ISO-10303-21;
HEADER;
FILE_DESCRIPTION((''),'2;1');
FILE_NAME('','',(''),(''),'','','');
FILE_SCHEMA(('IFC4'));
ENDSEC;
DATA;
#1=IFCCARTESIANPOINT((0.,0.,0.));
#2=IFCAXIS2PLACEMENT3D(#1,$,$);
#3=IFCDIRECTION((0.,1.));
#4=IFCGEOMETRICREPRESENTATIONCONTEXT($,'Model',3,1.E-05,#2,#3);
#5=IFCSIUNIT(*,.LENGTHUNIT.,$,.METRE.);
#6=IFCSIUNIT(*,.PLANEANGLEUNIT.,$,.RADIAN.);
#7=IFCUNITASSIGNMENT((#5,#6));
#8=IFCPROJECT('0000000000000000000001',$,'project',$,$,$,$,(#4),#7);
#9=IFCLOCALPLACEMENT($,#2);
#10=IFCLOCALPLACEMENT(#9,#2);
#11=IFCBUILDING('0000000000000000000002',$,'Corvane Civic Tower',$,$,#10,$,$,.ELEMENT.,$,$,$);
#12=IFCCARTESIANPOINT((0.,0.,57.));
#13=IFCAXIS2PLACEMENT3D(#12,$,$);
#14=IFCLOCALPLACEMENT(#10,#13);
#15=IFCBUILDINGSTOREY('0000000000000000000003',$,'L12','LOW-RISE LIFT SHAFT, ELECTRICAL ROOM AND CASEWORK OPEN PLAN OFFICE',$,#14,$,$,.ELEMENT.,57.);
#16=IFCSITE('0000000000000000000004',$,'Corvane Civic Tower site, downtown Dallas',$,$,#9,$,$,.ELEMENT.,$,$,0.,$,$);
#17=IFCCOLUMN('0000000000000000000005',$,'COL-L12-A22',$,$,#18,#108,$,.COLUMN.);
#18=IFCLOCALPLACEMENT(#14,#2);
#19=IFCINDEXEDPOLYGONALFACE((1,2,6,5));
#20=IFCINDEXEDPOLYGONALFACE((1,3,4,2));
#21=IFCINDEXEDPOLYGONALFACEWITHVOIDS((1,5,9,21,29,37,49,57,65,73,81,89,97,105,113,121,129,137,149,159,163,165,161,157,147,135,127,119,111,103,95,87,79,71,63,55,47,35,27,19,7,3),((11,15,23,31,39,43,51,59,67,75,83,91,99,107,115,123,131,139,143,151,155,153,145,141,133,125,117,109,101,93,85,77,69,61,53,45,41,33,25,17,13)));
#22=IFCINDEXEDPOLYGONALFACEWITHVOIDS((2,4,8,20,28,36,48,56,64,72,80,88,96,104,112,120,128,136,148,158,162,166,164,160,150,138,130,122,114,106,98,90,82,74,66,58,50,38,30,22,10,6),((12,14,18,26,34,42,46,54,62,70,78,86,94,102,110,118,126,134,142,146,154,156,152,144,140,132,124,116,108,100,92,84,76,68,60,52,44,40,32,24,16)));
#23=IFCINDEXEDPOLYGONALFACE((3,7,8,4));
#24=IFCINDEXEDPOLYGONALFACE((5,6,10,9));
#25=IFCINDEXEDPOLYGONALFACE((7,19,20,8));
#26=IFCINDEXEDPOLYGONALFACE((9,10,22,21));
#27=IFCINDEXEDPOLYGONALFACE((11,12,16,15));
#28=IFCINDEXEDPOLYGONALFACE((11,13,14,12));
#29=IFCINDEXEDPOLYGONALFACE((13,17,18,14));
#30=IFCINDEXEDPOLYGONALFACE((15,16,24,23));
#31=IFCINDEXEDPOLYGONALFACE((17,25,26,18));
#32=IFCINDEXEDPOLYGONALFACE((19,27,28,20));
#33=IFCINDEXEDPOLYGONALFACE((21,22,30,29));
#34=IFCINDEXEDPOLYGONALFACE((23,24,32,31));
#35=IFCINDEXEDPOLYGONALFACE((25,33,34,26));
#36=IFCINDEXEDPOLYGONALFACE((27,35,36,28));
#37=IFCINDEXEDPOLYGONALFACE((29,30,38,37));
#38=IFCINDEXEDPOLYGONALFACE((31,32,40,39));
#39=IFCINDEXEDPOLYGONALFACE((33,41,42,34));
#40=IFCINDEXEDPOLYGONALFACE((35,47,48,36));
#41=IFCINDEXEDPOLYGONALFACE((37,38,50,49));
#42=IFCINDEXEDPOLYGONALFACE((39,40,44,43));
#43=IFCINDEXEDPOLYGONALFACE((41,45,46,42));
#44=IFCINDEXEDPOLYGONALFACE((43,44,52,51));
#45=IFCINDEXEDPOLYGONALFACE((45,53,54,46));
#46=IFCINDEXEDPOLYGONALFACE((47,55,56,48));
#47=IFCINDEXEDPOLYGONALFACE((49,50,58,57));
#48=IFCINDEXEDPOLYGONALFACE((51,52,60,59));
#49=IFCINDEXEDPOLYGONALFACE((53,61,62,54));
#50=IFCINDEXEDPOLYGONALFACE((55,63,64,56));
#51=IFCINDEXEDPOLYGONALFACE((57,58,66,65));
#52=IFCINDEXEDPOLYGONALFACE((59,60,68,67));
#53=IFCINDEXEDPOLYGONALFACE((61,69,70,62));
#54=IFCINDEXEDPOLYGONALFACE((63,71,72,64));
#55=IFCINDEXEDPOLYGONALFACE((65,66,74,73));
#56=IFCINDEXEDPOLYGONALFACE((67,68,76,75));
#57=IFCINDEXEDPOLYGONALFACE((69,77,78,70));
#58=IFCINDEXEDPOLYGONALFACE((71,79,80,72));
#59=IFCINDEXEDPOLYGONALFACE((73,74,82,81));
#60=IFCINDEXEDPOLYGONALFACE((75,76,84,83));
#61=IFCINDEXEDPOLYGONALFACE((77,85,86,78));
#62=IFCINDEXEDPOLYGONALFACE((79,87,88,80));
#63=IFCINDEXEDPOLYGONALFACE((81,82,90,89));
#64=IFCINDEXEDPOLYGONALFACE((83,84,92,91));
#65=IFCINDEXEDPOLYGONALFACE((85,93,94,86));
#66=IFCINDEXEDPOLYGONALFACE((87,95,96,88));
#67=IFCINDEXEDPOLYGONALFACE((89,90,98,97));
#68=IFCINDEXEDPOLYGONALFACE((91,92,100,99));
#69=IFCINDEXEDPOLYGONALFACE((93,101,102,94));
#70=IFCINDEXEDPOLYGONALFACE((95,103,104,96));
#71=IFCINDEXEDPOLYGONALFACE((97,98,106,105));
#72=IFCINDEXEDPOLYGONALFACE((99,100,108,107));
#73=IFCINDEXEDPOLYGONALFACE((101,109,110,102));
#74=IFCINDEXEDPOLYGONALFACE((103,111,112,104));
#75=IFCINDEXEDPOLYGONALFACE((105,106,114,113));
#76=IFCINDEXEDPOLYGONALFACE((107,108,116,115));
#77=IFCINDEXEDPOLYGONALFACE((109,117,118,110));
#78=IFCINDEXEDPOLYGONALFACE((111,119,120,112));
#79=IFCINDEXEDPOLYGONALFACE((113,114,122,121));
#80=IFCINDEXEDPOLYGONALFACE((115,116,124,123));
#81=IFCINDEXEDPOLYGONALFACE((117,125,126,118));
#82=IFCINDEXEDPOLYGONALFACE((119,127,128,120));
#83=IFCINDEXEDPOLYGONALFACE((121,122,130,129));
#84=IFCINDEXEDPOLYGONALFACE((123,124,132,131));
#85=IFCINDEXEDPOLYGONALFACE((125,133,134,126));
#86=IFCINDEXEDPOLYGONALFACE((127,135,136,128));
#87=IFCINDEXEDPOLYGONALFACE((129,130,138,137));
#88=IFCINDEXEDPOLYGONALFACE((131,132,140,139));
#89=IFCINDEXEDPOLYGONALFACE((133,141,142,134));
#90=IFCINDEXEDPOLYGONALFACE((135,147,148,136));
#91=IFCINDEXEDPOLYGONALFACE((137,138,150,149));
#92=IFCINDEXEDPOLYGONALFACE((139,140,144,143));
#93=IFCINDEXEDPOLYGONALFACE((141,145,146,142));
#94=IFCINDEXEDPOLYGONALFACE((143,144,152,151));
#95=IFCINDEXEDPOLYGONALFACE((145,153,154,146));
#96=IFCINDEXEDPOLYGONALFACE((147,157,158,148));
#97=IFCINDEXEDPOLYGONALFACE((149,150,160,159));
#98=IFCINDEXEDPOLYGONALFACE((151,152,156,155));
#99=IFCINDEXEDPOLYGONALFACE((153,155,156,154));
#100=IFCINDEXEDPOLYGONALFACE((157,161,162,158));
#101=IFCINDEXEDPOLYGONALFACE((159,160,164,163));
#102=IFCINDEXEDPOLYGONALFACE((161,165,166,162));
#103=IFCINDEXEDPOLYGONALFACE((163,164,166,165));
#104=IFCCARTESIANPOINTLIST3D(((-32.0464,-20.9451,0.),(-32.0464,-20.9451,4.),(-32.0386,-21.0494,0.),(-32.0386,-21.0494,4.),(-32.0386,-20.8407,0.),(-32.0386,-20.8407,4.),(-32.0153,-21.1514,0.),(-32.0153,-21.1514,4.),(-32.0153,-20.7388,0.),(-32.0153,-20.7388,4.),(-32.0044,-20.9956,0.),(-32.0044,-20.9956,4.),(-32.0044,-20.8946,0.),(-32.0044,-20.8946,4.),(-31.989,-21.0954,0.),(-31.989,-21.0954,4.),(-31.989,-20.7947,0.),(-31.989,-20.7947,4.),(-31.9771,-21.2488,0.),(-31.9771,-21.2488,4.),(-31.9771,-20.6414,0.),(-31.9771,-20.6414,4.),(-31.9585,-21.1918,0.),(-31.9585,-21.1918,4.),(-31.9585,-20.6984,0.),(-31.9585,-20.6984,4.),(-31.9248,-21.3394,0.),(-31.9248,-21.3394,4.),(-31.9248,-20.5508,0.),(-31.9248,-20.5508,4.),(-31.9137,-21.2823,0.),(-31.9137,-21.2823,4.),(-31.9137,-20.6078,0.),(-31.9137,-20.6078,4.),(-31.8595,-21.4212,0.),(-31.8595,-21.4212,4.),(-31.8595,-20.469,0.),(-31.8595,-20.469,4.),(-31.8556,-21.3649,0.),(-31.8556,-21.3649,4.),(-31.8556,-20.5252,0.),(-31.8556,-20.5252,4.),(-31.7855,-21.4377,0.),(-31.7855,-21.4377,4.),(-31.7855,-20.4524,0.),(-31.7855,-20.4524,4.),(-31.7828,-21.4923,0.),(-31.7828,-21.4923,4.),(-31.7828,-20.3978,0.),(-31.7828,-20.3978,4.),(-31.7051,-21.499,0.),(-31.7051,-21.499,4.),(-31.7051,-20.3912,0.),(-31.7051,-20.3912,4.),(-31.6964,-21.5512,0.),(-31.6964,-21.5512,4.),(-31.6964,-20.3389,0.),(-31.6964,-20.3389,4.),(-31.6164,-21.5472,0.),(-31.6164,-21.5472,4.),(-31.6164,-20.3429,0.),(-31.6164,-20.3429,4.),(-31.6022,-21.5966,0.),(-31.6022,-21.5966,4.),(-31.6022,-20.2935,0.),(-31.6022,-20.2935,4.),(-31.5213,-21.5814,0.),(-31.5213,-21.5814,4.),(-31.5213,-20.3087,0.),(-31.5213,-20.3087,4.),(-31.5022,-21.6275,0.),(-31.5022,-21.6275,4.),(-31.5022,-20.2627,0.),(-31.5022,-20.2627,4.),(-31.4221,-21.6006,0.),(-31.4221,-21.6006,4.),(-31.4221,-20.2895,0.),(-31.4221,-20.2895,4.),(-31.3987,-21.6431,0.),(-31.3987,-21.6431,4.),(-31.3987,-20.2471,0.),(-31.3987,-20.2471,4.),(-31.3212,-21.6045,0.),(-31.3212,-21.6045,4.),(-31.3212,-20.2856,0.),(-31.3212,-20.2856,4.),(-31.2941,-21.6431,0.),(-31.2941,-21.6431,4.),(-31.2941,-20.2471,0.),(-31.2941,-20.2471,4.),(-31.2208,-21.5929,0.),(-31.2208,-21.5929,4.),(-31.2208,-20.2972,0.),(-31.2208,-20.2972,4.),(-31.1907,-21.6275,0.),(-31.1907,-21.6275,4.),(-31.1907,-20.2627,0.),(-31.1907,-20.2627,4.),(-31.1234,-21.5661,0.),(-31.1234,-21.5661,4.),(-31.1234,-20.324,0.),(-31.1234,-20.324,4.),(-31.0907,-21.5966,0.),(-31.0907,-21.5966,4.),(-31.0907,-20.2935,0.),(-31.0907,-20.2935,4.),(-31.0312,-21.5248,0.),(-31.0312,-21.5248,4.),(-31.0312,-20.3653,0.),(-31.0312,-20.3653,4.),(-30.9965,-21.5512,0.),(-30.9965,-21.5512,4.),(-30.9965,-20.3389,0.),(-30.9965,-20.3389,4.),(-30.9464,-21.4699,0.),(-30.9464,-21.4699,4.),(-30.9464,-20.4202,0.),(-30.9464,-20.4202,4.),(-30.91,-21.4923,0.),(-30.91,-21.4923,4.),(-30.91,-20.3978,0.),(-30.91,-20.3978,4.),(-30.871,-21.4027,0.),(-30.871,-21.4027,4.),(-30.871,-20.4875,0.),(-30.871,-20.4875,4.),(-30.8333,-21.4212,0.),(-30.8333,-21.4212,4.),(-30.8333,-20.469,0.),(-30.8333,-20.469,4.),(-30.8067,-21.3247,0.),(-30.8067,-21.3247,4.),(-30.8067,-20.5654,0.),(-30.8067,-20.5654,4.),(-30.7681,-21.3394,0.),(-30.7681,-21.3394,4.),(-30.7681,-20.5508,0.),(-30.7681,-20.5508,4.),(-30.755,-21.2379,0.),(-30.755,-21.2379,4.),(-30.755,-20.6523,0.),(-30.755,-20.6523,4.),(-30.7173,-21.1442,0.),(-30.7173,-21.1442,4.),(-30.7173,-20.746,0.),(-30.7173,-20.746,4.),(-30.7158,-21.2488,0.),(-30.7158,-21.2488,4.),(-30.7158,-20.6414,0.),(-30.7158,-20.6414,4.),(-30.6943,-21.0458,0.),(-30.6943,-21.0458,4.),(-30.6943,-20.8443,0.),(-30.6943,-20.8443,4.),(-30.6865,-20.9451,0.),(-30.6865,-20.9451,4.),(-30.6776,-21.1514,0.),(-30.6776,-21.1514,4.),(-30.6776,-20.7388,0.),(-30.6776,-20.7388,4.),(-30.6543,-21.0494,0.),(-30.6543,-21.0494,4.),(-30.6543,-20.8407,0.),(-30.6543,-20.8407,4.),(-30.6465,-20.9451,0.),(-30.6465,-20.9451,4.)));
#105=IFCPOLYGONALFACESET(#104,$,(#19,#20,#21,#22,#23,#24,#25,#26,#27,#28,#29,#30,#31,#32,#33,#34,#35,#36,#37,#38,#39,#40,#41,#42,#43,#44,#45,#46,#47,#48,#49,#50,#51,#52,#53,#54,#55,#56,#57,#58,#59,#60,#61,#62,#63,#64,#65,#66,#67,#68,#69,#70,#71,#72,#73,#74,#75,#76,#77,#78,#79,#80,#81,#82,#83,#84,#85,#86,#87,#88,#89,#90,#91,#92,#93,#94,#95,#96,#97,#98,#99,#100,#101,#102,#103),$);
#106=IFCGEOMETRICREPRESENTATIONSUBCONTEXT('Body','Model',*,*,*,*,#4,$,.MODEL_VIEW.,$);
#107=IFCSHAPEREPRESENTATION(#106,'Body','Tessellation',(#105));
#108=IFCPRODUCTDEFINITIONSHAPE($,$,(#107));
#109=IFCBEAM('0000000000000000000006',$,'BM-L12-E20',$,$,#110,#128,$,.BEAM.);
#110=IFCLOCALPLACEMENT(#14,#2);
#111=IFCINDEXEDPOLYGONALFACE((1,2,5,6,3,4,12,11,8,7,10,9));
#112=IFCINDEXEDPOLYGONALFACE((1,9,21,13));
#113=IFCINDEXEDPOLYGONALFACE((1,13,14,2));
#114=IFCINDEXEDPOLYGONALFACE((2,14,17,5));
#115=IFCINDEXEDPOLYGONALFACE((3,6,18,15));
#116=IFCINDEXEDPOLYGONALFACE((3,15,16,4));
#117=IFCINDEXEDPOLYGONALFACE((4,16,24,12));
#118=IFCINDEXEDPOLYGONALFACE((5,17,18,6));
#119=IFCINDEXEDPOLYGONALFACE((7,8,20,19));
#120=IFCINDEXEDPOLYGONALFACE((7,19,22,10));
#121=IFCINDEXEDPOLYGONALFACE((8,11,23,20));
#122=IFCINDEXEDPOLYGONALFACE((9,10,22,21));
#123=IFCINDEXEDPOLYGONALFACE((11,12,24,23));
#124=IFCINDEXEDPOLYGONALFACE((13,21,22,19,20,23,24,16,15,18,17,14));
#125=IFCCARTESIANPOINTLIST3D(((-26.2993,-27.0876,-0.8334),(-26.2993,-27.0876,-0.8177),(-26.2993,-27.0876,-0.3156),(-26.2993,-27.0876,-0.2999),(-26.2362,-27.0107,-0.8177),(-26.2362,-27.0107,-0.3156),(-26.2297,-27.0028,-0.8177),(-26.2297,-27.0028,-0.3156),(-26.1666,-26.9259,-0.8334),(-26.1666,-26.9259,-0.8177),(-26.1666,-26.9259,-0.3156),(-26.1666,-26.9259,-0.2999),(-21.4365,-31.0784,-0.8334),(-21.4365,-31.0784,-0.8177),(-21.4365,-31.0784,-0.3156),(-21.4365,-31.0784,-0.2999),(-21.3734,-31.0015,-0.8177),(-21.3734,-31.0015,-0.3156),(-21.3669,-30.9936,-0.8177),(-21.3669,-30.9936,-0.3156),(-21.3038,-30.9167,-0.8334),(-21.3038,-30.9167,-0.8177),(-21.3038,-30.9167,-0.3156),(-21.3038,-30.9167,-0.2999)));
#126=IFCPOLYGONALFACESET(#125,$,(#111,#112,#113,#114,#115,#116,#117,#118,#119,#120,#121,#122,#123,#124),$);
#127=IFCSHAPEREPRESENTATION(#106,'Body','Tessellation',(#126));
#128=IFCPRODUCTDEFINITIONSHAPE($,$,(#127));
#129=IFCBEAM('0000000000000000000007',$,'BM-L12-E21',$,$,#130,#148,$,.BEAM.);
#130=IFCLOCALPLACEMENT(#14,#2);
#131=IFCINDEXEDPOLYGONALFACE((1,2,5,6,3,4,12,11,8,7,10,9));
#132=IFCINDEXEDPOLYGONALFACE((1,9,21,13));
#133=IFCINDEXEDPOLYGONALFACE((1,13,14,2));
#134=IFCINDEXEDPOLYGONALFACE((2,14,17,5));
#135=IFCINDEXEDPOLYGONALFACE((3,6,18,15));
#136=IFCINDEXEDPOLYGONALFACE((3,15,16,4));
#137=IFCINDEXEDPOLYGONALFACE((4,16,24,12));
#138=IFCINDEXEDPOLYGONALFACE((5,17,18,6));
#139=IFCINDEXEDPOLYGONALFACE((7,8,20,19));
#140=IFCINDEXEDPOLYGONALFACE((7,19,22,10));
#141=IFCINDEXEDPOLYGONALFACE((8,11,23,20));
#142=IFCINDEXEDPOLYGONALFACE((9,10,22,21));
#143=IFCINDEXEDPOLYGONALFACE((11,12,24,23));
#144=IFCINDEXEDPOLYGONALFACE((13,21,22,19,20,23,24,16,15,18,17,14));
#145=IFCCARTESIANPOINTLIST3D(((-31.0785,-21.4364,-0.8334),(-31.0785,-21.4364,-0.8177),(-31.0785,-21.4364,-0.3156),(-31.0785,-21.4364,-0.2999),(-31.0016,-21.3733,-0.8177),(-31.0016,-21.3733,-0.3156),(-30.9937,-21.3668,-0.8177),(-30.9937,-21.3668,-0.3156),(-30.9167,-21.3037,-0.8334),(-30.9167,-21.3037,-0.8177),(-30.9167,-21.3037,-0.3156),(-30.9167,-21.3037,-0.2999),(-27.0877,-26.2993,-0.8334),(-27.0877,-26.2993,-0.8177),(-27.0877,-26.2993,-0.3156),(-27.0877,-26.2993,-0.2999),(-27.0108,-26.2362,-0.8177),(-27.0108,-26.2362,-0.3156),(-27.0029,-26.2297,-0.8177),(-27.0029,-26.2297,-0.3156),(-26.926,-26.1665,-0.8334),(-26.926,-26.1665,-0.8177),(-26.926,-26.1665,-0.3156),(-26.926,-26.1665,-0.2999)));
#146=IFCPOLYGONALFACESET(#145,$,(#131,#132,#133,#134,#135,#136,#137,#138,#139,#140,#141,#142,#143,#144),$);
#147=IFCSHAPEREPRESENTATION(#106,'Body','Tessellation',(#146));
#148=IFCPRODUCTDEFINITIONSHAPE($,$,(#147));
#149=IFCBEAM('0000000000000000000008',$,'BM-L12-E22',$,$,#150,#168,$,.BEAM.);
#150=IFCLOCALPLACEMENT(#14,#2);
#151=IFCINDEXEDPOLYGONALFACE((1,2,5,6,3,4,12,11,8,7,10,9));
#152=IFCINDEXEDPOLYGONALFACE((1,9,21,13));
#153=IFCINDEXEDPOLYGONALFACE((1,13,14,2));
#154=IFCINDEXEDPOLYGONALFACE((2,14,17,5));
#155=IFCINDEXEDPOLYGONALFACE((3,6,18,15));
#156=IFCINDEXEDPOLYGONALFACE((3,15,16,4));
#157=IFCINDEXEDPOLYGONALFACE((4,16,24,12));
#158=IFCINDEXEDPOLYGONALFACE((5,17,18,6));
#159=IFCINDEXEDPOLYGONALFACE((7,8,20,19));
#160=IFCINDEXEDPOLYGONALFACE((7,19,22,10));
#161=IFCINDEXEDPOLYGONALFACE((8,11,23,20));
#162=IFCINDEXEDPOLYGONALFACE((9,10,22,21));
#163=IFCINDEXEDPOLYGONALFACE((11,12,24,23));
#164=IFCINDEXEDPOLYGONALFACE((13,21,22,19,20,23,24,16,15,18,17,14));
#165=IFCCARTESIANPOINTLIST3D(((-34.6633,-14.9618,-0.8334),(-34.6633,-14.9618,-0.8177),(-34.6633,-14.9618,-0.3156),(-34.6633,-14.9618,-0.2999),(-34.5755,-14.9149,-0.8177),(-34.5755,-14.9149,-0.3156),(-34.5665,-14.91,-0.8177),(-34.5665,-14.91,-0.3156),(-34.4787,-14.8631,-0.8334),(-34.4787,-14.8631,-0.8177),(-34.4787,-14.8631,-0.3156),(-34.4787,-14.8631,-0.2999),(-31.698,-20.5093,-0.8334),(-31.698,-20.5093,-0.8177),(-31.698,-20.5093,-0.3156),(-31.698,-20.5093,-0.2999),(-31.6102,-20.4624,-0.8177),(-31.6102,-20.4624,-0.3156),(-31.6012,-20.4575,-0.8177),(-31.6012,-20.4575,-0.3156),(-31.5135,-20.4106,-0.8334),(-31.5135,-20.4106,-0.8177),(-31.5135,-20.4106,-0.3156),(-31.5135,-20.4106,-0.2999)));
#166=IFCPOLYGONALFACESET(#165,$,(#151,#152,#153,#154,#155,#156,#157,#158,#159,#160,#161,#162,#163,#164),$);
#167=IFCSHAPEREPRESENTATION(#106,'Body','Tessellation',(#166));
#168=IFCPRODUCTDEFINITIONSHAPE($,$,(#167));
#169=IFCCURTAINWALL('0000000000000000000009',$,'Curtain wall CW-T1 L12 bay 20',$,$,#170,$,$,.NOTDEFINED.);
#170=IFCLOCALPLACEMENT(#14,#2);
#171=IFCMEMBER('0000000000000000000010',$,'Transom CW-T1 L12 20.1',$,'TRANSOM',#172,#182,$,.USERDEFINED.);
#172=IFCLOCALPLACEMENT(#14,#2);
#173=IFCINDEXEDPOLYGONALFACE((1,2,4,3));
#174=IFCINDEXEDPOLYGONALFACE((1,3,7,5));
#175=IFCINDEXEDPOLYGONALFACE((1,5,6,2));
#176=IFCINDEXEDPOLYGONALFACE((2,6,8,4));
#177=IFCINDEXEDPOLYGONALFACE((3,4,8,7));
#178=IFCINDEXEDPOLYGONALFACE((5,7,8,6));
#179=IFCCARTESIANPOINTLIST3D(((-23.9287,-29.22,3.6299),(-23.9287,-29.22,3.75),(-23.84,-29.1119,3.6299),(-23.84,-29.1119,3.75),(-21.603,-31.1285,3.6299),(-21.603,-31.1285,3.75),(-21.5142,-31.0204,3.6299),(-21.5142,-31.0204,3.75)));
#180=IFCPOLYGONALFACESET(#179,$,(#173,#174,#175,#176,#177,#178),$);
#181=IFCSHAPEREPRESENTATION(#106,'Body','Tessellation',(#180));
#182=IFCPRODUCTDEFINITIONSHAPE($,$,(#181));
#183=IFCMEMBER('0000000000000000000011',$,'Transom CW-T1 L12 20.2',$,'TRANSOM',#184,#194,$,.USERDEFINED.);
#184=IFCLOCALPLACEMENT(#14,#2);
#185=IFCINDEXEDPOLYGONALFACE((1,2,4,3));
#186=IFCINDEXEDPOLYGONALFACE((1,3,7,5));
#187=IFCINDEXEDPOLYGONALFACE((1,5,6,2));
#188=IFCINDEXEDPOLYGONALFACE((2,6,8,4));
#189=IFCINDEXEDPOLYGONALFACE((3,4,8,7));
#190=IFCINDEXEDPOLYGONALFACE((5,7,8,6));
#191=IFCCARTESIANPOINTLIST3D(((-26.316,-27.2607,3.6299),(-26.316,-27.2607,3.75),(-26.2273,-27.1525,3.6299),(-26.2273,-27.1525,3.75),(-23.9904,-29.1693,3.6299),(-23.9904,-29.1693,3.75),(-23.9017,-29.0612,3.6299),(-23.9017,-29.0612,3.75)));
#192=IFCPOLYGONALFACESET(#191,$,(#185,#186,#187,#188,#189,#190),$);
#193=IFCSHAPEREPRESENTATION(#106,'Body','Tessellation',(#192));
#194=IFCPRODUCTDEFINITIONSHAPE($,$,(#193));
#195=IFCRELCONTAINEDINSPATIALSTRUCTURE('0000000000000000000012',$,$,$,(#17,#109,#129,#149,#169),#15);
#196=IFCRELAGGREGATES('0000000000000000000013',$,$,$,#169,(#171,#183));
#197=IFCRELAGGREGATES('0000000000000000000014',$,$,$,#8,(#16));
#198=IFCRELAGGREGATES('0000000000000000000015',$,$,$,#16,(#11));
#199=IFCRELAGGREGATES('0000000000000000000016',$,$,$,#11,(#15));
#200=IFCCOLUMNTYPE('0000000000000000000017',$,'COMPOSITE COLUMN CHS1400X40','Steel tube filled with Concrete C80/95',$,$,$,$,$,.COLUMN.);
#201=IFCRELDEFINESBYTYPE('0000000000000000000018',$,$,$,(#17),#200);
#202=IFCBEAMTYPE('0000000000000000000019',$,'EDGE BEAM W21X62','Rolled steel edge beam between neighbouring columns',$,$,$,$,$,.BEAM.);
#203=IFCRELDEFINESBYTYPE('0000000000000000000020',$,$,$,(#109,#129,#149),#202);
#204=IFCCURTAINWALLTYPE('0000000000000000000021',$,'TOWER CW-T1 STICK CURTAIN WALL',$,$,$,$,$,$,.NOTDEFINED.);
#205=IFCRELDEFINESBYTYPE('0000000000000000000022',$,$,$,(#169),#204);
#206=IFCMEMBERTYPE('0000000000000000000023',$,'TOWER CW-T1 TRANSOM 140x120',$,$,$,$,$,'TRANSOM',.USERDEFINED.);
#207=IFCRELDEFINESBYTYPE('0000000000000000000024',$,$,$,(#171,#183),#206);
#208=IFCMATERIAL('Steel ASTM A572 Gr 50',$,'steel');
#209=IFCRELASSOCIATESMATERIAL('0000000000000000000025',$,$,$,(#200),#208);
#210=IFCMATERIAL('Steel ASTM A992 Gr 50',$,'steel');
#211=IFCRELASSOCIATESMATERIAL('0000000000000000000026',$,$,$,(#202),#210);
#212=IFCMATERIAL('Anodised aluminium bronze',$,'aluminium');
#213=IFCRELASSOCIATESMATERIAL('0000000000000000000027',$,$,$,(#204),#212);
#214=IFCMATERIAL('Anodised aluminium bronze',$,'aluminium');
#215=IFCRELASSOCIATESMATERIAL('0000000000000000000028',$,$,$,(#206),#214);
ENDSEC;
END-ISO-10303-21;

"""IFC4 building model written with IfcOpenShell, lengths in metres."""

from ifc_helpers import new_model, si_unit, direction, frame, origin, origin_2d, place, context, subcontext, project, spatial, rectangle, hollow_circle, i_section, extrude, material, material_profile, profile_set, type_object, element, aggregate, save


model = new_model("IFC4")

# Units and contexts
model_context = context("Model", 3, precision=1e-05, world=origin(), true_north=direction((0.0, 1.0)))
body_context = subcontext(model_context, "Body", "Model", "MODEL_VIEW")
ifc_project = project(units=[si_unit("LENGTHUNIT", "METRE"), si_unit("PLANEANGLEUNIT", "RADIAN")], contexts=[model_context])

# Site, building, storey
site_placement = place(None, origin())
site = spatial("IfcSite", under=ifc_project, at=site_placement, Name="Corvane Civic Tower site, downtown Dallas", CompositionType="ELEMENT", RefElevation=0.0)
building_placement = place(site_placement, origin())
building = spatial("IfcBuilding", under=site, at=building_placement, Name="Corvane Civic Tower", CompositionType="ELEMENT")
storey_placement = place(building_placement, frame((0.0, 0.0, 57.0)))
storey = spatial("IfcBuildingStorey", under=building, at=storey_placement, Name="L12", Description="LOW-RISE LIFT SHAFT, ELECTRICAL ROOM AND CASEWORK OPEN PLAN OFFICE", CompositionType="ELEMENT", Elevation=57.0)

# Column
ifc_material_1 = material(Name="Steel ASTM A572 Gr 50", Category="steel")
ifc_material_profile_1 = material_profile(ifc_material_1, hollow_circle(Radius=0.7, WallThickness=0.04, at=origin_2d()), Name="CHS1400X40")
ifc_profile_set_1 = profile_set([ifc_material_profile_1], Name="Steel ASTM A572 Gr 50")
column_type = type_object("IfcColumnType", Name="COMPOSITE COLUMN CHS1400X40", Description="Steel tube filled with Concrete C80/95", PredefinedType="COLUMN", material=ifc_profile_set_1)
for number, where, z_axis, x_axis, name in (
    (1, (-31.3464, -20.9451, 0.0), (0.0, 0.0, 1.0), (1.0, 0.0, 0.0), "COL-L12-A22"),
):
    element("IfcColumn", number, at=place(storey_placement, frame(where, z_axis=z_axis, x_axis=x_axis)), inside=storey, type_object=column_type, Name=name, PredefinedType="COLUMN", context=body_context, shape_type="SweptSolid", body=[
        extrude(hollow_circle(Radius=0.7, WallThickness=0.04, at=origin_2d()), origin(), (0.0, 0.0, 1.0), 4.0),
    ])

# Beams
ifc_material_2 = material(Name="Steel ASTM A992 Gr 50", Category="steel")
ifc_material_profile_2 = material_profile(ifc_material_2, i_section(OverallWidth=0.2092, OverallDepth=0.5334, WebThickness=0.0103, FlangeThickness=0.0156, at=origin_2d()), Name="W21X62")
ifc_profile_set_2 = profile_set([ifc_material_profile_2], Name="Steel ASTM A992 Gr 50")
beam_type = type_object("IfcBeamType", Name="EDGE BEAM W21X62", Description="Rolled steel edge beam between neighbouring columns", PredefinedType="BEAM", material=ifc_profile_set_2)
for number, where, z_axis, x_axis, name in (
    (2, (-21.3701, -30.9976, -0.5667), (-0.773016, 0.634387, 0.0), (-0.634387, -0.773016, 0.0), "BM-L12-E20"),
    (3, (-27.0068, -26.2329, -0.5667), (-0.634387, 0.773016, 0.0), (-0.773016, -0.634387, 0.0), "BM-L12-E21"),
):
    element("IfcBeam", number, at=place(storey_placement, frame(where, z_axis=z_axis, x_axis=x_axis)), inside=storey, type_object=beam_type, Name=name, PredefinedType="BEAM", context=body_context, shape_type="SweptSolid", body=[
        extrude(i_section(OverallWidth=0.2092, OverallDepth=0.5334, WebThickness=0.0103, FlangeThickness=0.0156, at=origin_2d()), origin(), (0.0, 0.0, 1.0), 6.2908),
    ])
beam_placement = place(storey_placement, frame((-31.6057, -20.46, -0.5667), z_axis=(-0.471406, 0.881916, 0.0), x_axis=(-0.881916, -0.471406, 0.0)))
element("IfcBeam", 4, at=beam_placement, inside=storey, type_object=beam_type, Name="BM-L12-E22", PredefinedType="BEAM", context=body_context, shape_type="SweptSolid", body=[
    extrude(i_section(OverallWidth=0.2092, OverallDepth=0.5334, WebThickness=0.0103, FlangeThickness=0.0156, at=origin_2d()), origin(), (0.0, 0.0, 1.0), 6.2903),
])

# Curtain wall, members
ifc_material_3 = material(Name="Anodised aluminium bronze", Category="aluminium")
curtain_wall_type = type_object("IfcCurtainWallType", Name="TOWER CW-T1 STICK CURTAIN WALL", PredefinedType="NOTDEFINED", material=ifc_material_3)
curtain_wall_1_placement = place(storey_placement, origin())
curtain_wall_1 = element("IfcCurtainWall", 5, at=curtain_wall_1_placement, inside=storey, type_object=curtain_wall_type, Name="Curtain wall CW-T1 L12 bay 20", PredefinedType="NOTDEFINED")
ifc_material_4 = material(Name="Anodised aluminium bronze", Category="aluminium")
ifc_material_profile_3 = material_profile(ifc_material_4, rectangle(XDim=0.1399, YDim=0.1201, at=origin_2d()), Name="TOWER CW-T1 TRANSOM 140x120")
ifc_profile_set_3 = profile_set([ifc_material_profile_3], Name="Anodised aluminium bronze")
member_type_1 = type_object("IfcMemberType", Name="TOWER CW-T1 TRANSOM 140x120", ElementType="TRANSOM", PredefinedType="USERDEFINED", material=ifc_profile_set_3)
member_1_placement = place(storey_placement, frame((-21.5586, -31.0745, 3.6899), z_axis=(-0.773042, 0.634355, 0.0), x_axis=(-0.634355, -0.773042, 0.0)))
member_1 = element("IfcMember", 6, at=member_1_placement, type_object=member_type_1, Name="Transom CW-T1 L12 20.1", ObjectType="TRANSOM", PredefinedType="USERDEFINED", context=body_context, shape_type="SweptSolid", body=[
    extrude(rectangle(XDim=0.1399, YDim=0.1201, at=origin_2d()), origin(), (0.0, 0.0, 1.0), 3.0085),
])
member_2_placement = place(storey_placement, frame((-23.946, -29.1152, 3.6899), z_axis=(-0.773002, 0.634404, 0.0), x_axis=(-0.634404, -0.773002, 0.0)))
member_2 = element("IfcMember", 7, at=member_2_placement, type_object=member_type_1, Name="Transom CW-T1 L12 20.2", ObjectType="TRANSOM", PredefinedType="USERDEFINED", context=body_context, shape_type="SweptSolid", body=[
    extrude(rectangle(XDim=0.1399, YDim=0.1201, at=origin_2d()), origin(), (0.0, 0.0, 1.0), 3.0085),
])

aggregate(curtain_wall_1, [member_1, member_2])

save(model, "model.ifc")
